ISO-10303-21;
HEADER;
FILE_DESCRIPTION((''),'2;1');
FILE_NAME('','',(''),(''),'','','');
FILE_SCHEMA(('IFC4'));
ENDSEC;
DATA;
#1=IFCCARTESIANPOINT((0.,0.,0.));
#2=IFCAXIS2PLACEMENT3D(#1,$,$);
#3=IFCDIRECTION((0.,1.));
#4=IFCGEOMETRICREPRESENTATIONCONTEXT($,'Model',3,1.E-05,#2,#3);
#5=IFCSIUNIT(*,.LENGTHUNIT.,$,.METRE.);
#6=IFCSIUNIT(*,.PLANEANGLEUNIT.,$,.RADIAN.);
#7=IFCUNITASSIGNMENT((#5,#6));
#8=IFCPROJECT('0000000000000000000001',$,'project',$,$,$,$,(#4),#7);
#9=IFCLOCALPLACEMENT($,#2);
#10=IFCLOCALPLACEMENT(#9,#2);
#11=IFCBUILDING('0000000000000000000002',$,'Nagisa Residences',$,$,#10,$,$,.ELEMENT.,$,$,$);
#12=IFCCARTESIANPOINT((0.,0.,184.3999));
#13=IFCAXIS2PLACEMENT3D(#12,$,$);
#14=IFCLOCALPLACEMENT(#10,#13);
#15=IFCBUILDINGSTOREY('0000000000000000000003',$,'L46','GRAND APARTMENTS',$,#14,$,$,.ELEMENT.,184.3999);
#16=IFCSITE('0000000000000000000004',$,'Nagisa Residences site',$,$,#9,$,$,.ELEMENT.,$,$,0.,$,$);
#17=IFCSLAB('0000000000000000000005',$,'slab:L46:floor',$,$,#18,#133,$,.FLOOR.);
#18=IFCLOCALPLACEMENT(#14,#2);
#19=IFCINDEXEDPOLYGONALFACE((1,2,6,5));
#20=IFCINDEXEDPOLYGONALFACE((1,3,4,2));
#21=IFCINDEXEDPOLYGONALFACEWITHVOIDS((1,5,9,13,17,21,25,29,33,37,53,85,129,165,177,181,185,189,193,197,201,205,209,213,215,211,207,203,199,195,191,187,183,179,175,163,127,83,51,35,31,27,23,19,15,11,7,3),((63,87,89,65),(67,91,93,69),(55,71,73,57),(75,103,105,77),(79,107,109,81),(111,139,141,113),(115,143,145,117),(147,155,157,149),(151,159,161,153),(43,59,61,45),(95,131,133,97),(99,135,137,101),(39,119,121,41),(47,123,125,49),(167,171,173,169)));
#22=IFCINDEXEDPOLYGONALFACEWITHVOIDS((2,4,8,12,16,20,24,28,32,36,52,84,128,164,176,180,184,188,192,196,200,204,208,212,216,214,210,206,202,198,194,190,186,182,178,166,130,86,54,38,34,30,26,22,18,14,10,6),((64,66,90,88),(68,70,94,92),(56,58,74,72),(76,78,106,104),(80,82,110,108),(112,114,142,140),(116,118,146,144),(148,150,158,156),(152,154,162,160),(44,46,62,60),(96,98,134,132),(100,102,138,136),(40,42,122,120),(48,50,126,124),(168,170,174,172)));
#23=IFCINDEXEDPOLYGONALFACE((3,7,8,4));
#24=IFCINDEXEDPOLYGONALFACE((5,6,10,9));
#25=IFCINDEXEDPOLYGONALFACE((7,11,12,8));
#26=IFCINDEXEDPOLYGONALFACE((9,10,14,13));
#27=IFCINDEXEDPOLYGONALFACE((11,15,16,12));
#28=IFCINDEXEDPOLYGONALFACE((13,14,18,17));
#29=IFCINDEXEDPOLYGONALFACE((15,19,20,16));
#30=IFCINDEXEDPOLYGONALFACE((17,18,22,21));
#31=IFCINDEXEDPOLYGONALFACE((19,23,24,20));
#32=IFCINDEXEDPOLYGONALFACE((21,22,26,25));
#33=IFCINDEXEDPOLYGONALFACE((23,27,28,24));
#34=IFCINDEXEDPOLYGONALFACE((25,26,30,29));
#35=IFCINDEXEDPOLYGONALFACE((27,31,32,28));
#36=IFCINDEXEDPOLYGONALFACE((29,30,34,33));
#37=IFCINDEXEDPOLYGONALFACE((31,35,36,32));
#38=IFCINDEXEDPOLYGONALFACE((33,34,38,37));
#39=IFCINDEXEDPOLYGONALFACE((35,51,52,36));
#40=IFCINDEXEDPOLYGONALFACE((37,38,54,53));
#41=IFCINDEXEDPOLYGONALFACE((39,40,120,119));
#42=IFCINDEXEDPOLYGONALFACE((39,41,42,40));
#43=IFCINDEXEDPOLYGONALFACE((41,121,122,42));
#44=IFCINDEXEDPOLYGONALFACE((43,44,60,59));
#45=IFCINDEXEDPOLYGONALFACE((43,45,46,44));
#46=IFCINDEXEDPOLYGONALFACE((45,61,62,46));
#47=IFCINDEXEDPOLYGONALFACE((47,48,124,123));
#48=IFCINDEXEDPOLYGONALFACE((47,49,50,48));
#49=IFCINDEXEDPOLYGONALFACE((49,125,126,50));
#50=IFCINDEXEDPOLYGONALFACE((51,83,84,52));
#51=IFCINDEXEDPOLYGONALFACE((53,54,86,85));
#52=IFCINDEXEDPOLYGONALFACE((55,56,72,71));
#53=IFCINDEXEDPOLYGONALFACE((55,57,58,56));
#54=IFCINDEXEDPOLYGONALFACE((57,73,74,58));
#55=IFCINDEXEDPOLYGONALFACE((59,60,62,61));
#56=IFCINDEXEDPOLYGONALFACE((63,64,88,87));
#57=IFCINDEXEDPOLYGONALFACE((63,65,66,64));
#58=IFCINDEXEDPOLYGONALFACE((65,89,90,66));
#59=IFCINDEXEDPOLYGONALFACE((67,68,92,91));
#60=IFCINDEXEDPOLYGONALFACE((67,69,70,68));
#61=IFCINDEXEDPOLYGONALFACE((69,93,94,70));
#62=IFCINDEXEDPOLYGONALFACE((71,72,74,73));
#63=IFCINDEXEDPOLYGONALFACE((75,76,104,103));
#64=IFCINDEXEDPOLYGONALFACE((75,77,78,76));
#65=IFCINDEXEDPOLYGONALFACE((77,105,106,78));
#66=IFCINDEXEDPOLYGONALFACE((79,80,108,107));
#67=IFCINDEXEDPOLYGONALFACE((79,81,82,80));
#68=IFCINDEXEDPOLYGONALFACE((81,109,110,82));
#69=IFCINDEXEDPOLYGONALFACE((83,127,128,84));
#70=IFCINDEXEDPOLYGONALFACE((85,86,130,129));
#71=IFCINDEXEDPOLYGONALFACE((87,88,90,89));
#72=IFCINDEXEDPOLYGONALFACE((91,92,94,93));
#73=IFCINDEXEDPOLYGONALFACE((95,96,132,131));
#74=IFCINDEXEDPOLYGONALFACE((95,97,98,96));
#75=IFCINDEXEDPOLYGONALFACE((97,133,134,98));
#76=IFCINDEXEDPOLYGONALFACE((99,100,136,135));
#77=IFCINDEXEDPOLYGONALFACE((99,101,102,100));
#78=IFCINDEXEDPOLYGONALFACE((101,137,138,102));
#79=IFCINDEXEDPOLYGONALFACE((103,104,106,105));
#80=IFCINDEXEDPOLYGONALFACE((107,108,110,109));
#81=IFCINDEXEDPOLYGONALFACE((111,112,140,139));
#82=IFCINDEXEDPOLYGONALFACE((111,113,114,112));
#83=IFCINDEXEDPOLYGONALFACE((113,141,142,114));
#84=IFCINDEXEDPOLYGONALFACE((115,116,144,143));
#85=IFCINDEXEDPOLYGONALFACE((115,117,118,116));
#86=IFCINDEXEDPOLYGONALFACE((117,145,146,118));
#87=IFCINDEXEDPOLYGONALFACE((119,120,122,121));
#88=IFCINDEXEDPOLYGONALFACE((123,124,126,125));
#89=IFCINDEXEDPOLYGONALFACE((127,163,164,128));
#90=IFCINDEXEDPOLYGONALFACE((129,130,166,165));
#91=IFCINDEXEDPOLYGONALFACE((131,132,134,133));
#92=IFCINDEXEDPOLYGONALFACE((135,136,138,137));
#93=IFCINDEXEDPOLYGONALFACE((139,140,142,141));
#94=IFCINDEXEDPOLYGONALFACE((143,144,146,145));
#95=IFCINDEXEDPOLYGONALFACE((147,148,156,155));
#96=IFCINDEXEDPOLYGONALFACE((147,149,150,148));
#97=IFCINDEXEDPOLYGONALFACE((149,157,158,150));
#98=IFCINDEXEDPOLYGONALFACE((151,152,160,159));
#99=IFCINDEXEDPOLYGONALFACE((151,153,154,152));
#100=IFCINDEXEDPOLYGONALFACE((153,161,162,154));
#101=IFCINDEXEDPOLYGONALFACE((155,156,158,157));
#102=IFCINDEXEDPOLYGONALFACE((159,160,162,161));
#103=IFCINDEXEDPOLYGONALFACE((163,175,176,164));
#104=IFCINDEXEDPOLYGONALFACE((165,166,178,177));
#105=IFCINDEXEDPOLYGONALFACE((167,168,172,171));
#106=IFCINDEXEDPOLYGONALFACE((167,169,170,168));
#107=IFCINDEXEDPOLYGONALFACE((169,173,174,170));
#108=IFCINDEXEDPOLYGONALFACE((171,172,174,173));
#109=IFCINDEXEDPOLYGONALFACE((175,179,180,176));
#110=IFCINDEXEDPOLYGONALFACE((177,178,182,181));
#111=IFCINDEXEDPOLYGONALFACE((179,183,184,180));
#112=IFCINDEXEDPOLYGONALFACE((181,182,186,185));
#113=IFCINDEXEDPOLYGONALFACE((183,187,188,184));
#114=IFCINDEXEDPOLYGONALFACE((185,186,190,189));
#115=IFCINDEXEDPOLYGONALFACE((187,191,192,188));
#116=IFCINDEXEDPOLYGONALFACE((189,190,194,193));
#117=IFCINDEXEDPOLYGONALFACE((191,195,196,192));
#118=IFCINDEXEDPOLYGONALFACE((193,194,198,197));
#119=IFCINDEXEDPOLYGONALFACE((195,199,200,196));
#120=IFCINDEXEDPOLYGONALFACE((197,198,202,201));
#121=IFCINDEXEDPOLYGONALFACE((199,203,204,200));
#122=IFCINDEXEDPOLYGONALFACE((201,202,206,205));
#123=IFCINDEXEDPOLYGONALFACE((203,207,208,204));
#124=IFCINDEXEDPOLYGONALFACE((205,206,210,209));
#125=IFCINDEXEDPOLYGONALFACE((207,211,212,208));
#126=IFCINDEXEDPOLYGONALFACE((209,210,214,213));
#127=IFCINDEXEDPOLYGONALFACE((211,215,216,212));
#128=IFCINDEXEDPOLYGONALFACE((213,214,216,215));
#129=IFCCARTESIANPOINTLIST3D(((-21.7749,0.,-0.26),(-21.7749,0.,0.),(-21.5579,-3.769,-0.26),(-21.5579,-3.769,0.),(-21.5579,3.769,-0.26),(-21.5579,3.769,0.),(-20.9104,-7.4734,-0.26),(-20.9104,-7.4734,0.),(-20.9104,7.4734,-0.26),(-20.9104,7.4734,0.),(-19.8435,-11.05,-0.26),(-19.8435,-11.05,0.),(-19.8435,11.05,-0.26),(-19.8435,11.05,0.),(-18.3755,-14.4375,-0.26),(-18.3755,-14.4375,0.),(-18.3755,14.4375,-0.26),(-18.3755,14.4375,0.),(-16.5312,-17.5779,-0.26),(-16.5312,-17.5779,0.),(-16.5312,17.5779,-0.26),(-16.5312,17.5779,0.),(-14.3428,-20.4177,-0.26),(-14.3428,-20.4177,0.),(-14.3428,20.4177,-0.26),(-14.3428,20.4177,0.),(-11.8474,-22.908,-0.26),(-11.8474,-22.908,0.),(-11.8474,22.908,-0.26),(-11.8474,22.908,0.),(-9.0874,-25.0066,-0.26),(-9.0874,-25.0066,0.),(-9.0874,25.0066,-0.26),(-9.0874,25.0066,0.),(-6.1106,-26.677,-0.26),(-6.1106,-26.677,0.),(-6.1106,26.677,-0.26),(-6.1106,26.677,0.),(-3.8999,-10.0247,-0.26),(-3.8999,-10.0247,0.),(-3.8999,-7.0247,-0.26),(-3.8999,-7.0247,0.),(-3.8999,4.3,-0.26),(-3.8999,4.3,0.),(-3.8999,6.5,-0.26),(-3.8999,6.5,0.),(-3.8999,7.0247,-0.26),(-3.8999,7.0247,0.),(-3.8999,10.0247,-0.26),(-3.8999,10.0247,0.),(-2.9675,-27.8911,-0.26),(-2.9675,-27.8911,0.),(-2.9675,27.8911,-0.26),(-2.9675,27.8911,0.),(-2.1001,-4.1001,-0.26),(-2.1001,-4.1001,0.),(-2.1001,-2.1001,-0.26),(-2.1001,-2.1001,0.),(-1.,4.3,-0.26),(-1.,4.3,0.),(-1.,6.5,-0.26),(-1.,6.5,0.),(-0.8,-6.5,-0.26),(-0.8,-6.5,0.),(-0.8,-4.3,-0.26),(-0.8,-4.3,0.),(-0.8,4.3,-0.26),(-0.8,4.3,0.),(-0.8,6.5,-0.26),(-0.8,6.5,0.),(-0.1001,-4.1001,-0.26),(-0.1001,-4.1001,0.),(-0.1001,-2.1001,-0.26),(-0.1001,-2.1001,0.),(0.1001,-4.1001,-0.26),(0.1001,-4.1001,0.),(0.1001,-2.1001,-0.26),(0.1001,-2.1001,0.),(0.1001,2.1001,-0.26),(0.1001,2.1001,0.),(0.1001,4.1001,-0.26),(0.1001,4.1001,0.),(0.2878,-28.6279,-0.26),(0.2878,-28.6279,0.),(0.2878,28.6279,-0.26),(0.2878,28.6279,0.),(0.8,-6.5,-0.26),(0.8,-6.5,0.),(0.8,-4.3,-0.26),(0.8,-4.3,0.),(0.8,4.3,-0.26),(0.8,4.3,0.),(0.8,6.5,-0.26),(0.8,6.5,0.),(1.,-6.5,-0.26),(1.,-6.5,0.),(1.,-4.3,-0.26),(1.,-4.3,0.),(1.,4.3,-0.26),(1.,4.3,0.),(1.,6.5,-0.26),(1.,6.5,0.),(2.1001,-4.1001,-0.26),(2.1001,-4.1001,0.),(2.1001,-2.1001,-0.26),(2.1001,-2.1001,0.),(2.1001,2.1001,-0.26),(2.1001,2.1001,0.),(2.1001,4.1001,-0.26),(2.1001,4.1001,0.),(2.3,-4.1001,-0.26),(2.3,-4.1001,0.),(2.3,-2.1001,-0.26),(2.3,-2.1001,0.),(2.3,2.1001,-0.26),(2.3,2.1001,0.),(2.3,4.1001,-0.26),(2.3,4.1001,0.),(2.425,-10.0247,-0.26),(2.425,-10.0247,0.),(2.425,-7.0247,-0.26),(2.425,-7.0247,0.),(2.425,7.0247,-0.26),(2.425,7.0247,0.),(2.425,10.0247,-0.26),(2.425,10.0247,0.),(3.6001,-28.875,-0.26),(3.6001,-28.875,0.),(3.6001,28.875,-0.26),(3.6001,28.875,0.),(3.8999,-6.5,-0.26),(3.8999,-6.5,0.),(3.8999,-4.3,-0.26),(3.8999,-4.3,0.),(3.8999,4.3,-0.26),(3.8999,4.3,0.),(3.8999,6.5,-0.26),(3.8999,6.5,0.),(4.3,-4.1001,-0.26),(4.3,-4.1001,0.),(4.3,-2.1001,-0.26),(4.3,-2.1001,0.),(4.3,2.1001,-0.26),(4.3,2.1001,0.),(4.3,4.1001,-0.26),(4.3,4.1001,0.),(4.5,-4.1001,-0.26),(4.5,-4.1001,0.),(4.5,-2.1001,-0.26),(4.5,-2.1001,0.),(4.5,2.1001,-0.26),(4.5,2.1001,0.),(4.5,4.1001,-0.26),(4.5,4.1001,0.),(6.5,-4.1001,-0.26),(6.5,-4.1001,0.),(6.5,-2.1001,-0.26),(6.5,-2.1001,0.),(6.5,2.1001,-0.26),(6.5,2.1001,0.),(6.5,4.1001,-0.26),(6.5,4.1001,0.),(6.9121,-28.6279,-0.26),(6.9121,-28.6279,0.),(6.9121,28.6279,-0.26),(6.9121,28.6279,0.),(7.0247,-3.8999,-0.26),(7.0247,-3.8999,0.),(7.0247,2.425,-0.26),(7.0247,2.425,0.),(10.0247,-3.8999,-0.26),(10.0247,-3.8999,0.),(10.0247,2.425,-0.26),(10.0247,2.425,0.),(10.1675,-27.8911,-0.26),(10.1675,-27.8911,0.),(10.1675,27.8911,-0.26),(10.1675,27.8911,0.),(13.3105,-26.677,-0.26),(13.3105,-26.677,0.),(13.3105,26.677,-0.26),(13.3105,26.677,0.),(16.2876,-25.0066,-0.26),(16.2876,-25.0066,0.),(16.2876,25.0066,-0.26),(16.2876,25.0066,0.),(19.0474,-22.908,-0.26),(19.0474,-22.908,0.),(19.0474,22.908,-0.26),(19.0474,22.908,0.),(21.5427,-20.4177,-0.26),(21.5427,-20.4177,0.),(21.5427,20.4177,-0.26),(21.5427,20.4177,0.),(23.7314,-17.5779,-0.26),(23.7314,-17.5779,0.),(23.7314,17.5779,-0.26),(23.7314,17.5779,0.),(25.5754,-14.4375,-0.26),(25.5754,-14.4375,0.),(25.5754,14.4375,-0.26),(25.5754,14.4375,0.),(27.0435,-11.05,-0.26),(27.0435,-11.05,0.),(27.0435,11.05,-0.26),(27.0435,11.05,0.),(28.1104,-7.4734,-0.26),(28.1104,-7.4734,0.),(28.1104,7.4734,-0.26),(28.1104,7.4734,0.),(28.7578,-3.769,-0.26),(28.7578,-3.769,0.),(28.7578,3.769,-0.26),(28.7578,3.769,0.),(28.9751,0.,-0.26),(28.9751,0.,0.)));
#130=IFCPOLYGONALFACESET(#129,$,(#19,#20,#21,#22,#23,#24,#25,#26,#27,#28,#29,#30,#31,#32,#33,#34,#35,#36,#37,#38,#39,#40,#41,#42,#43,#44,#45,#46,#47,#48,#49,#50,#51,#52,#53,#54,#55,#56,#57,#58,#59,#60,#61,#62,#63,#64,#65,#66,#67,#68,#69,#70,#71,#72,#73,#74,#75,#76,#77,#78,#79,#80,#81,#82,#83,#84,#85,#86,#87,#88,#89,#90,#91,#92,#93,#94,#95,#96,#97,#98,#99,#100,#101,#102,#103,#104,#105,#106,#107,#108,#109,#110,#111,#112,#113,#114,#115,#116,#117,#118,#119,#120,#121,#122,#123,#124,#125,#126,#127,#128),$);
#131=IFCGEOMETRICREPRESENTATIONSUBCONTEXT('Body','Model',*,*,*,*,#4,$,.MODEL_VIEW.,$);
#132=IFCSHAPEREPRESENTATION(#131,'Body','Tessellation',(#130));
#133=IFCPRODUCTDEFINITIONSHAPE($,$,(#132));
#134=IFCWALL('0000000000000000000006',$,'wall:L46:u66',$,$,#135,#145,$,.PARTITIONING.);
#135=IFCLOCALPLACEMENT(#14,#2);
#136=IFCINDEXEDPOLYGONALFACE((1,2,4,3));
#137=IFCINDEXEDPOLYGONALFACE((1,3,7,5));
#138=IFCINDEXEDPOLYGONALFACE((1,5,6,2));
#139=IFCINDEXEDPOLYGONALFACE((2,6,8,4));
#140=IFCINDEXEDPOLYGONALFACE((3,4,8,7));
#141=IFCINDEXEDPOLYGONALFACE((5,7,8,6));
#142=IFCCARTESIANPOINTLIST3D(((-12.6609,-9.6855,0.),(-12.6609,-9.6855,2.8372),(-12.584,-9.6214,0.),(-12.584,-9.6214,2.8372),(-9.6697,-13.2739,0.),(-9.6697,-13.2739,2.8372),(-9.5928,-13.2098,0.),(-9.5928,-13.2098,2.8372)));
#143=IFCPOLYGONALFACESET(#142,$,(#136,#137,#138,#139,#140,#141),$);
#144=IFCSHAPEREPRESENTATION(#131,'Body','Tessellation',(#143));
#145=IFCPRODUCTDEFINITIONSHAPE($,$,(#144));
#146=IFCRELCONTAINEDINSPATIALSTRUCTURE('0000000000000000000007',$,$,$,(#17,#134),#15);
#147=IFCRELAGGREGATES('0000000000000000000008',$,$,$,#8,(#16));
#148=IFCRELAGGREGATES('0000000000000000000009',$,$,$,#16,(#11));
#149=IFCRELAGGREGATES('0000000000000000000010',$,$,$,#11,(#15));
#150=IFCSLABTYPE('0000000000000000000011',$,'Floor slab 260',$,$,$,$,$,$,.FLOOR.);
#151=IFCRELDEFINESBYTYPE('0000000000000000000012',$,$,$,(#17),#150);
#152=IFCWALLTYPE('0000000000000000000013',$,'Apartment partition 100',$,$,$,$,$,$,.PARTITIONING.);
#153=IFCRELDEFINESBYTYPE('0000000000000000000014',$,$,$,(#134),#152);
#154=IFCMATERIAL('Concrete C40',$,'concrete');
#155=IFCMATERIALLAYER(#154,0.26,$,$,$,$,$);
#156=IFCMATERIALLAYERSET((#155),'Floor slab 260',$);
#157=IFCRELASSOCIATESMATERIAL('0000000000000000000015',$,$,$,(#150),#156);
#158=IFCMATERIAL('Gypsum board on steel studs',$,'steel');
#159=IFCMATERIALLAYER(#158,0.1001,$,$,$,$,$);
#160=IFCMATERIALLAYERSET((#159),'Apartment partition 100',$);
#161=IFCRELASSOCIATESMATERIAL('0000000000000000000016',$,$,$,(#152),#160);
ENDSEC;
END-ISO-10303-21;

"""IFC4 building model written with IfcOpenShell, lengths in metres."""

from ifc_helpers import new_model, si_unit, direction, frame, frame_2d, origin, place, context, subcontext, project, spatial, polyline, rectangle, outline, extrude, material, layer, layer_set, type_object, element, save


model = new_model("IFC4")

# Units and contexts
model_context = context("Model", 3, precision=1e-05, world=origin(), true_north=direction((0.0, 1.0)))
body_context = subcontext(model_context, "Body", "Model", "MODEL_VIEW")
ifc_project = project(units=[si_unit("LENGTHUNIT", "METRE"), si_unit("PLANEANGLEUNIT", "RADIAN")], contexts=[model_context])

# Site, building, storey
site_placement = place(None, origin())
site = spatial("IfcSite", under=ifc_project, at=site_placement, Name="Nagisa Residences site", CompositionType="ELEMENT", RefElevation=0.0)
building_placement = place(site_placement, origin())
building = spatial("IfcBuilding", under=site, at=building_placement, Name="Nagisa Residences", CompositionType="ELEMENT")
storey_placement = place(building_placement, frame((0.0, 0.0, 184.3999)))
storey = spatial("IfcBuildingStorey", under=building, at=storey_placement, Name="L46", Description="GRAND APARTMENTS", CompositionType="ELEMENT", Elevation=184.3999)

# Slab
ifc_material_1 = material(Name="Concrete C40", Category="concrete")
ifc_layer_1 = layer(ifc_material_1, 0.26)
ifc_layer_set_1 = layer_set([ifc_layer_1], Name="Floor slab 260")
slab_type_1 = type_object("IfcSlabType", Name="Floor slab 260", PredefinedType="FLOOR", material=ifc_layer_set_1)
slab_1_placement = place(storey_placement, frame((0.0, 0.0, -0.26)))
element("IfcSlab", 1, at=slab_1_placement, inside=storey, type_object=slab_type_1, Name="slab:L46:floor", PredefinedType="FLOOR", context=body_context, shape_type="SweptSolid", body=[
    extrude(outline(polyline([(28.9751, 0.0), (28.7578, 3.769), (28.1104, 7.4734), (27.0435, 11.05), (25.5754, 14.4375), (23.7314, 17.5779), (21.5427, 20.4177), (19.0474, 22.908), (16.2876, 25.0066), (13.3105, 26.677), (10.1675, 27.8911), (6.9121, 28.6279), (3.6001, 28.875), (0.2878, 28.6279), (-2.9675, 27.8911), (-6.1106, 26.677), (-9.0874, 25.0066), (-11.8474, 22.908), (-14.3428, 20.4177), (-16.5312, 17.5779), (-18.3755, 14.4375), (-19.8435, 11.05), (-20.9104, 7.4734), (-21.5579, 3.769), (-21.7749, 0.0), (-21.5579, -3.769), (-20.9104, -7.4734), (-19.8435, -11.05), (-18.3755, -14.4375), (-16.5312, -17.5779), (-14.3428, -20.4177), (-11.8474, -22.908), (-9.0874, -25.0066), (-6.1106, -26.677), (-2.9675, -27.8911), (0.2878, -28.6279), (3.6001, -28.875), (6.9121, -28.6279), (10.1675, -27.8911), (13.3105, -26.677), (16.2876, -25.0066), (19.0474, -22.908), (21.5427, -20.4177), (23.7314, -17.5779), (25.5754, -14.4375), (27.0435, -11.05), (28.1104, -7.4734), (28.7578, -3.769), (28.9751, 0.0)]), holes=[polyline([(2.1001, 2.1001), (2.1001, 4.1001), (0.1001, 4.1001), (0.1001, 2.1001), (2.1001, 2.1001)]), polyline([(4.3, 2.1001), (4.3, 4.1001), (2.3, 4.1001), (2.3, 2.1001), (4.3, 2.1001)]), polyline([(6.5, 2.1001), (6.5, 4.1001), (4.5, 4.1001), (4.5, 2.1001), (6.5, 2.1001)]), polyline([(-0.1001, -4.1001), (-0.1001, -2.1001), (-2.1001, -2.1001), (-2.1001, -4.1001), (-0.1001, -4.1001)]), polyline([(2.1001, -4.1001), (2.1001, -2.1001), (0.1001, -2.1001), (0.1001, -4.1001), (2.1001, -4.1001)]), polyline([(4.3, -4.1001), (4.3, -2.1001), (2.3, -2.1001), (2.3, -4.1001), (4.3, -4.1001)]), polyline([(6.5, -4.1001), (6.5, -2.1001), (4.5, -2.1001), (4.5, -4.1001), (6.5, -4.1001)]), polyline([(3.8999, 4.3), (3.8999, 6.5), (1.0, 6.5), (1.0, 4.3), (3.8999, 4.3)]), polyline([(3.8999, -6.5), (3.8999, -4.3), (1.0, -4.3), (1.0, -6.5), (3.8999, -6.5)]), polyline([(-1.0, 4.3), (-1.0, 6.5), (-3.8999, 6.5), (-3.8999, 4.3), (-1.0, 4.3)]), polyline([(0.8, 4.3), (0.8, 6.5), (-0.8, 6.5), (-0.8, 4.3), (0.8, 4.3)]), polyline([(0.8, -6.5), (0.8, -4.3), (-0.8, -4.3), (-0.8, -6.5), (0.8, -6.5)]), polyline([(10.0247, -3.8999), (7.0247, -3.8999), (7.0247, 2.425), (10.0247, 2.425), (10.0247, -3.8999)]), polyline([(-3.8999, 7.0247), (-3.8999, 10.0247), (2.425, 10.0247), (2.425, 7.0247), (-3.8999, 7.0247)]), polyline([(-3.8999, -10.0247), (-3.8999, -7.0247), (2.425, -7.0247), (2.425, -10.0247), (-3.8999, -10.0247)])]), origin(), (0.0, 0.0, 1.0), 0.26),
])

# Wall
ifc_material_2 = material(Name="Gypsum board on steel studs", Category="steel")
ifc_layer_2 = layer(ifc_material_2, 0.1001)
ifc_layer_set_2 = layer_set([ifc_layer_2], Name="Apartment partition 100")
wall_type_1 = type_object("IfcWallType", Name="Apartment partition 100", PredefinedType="PARTITIONING", material=ifc_layer_set_2)
wall_1_placement = place(storey_placement, frame((-12.6226, -9.6533, 0.0), z_axis=(0.0, 0.0, 1.0), x_axis=(0.640297, -0.768127, 0.0)))
element("IfcWall", 2, at=wall_1_placement, inside=storey, type_object=wall_type_1, Name="wall:L46:u66", PredefinedType="PARTITIONING", context=body_context, shape_type="SweptSolid", body=[
    extrude(rectangle(XDim=4.6716, YDim=0.1001, at=frame_2d((2.3359, 0.0))), origin(), (0.0, 0.0, 1.0), 2.8372),
])

save(model, "model.ifc")
